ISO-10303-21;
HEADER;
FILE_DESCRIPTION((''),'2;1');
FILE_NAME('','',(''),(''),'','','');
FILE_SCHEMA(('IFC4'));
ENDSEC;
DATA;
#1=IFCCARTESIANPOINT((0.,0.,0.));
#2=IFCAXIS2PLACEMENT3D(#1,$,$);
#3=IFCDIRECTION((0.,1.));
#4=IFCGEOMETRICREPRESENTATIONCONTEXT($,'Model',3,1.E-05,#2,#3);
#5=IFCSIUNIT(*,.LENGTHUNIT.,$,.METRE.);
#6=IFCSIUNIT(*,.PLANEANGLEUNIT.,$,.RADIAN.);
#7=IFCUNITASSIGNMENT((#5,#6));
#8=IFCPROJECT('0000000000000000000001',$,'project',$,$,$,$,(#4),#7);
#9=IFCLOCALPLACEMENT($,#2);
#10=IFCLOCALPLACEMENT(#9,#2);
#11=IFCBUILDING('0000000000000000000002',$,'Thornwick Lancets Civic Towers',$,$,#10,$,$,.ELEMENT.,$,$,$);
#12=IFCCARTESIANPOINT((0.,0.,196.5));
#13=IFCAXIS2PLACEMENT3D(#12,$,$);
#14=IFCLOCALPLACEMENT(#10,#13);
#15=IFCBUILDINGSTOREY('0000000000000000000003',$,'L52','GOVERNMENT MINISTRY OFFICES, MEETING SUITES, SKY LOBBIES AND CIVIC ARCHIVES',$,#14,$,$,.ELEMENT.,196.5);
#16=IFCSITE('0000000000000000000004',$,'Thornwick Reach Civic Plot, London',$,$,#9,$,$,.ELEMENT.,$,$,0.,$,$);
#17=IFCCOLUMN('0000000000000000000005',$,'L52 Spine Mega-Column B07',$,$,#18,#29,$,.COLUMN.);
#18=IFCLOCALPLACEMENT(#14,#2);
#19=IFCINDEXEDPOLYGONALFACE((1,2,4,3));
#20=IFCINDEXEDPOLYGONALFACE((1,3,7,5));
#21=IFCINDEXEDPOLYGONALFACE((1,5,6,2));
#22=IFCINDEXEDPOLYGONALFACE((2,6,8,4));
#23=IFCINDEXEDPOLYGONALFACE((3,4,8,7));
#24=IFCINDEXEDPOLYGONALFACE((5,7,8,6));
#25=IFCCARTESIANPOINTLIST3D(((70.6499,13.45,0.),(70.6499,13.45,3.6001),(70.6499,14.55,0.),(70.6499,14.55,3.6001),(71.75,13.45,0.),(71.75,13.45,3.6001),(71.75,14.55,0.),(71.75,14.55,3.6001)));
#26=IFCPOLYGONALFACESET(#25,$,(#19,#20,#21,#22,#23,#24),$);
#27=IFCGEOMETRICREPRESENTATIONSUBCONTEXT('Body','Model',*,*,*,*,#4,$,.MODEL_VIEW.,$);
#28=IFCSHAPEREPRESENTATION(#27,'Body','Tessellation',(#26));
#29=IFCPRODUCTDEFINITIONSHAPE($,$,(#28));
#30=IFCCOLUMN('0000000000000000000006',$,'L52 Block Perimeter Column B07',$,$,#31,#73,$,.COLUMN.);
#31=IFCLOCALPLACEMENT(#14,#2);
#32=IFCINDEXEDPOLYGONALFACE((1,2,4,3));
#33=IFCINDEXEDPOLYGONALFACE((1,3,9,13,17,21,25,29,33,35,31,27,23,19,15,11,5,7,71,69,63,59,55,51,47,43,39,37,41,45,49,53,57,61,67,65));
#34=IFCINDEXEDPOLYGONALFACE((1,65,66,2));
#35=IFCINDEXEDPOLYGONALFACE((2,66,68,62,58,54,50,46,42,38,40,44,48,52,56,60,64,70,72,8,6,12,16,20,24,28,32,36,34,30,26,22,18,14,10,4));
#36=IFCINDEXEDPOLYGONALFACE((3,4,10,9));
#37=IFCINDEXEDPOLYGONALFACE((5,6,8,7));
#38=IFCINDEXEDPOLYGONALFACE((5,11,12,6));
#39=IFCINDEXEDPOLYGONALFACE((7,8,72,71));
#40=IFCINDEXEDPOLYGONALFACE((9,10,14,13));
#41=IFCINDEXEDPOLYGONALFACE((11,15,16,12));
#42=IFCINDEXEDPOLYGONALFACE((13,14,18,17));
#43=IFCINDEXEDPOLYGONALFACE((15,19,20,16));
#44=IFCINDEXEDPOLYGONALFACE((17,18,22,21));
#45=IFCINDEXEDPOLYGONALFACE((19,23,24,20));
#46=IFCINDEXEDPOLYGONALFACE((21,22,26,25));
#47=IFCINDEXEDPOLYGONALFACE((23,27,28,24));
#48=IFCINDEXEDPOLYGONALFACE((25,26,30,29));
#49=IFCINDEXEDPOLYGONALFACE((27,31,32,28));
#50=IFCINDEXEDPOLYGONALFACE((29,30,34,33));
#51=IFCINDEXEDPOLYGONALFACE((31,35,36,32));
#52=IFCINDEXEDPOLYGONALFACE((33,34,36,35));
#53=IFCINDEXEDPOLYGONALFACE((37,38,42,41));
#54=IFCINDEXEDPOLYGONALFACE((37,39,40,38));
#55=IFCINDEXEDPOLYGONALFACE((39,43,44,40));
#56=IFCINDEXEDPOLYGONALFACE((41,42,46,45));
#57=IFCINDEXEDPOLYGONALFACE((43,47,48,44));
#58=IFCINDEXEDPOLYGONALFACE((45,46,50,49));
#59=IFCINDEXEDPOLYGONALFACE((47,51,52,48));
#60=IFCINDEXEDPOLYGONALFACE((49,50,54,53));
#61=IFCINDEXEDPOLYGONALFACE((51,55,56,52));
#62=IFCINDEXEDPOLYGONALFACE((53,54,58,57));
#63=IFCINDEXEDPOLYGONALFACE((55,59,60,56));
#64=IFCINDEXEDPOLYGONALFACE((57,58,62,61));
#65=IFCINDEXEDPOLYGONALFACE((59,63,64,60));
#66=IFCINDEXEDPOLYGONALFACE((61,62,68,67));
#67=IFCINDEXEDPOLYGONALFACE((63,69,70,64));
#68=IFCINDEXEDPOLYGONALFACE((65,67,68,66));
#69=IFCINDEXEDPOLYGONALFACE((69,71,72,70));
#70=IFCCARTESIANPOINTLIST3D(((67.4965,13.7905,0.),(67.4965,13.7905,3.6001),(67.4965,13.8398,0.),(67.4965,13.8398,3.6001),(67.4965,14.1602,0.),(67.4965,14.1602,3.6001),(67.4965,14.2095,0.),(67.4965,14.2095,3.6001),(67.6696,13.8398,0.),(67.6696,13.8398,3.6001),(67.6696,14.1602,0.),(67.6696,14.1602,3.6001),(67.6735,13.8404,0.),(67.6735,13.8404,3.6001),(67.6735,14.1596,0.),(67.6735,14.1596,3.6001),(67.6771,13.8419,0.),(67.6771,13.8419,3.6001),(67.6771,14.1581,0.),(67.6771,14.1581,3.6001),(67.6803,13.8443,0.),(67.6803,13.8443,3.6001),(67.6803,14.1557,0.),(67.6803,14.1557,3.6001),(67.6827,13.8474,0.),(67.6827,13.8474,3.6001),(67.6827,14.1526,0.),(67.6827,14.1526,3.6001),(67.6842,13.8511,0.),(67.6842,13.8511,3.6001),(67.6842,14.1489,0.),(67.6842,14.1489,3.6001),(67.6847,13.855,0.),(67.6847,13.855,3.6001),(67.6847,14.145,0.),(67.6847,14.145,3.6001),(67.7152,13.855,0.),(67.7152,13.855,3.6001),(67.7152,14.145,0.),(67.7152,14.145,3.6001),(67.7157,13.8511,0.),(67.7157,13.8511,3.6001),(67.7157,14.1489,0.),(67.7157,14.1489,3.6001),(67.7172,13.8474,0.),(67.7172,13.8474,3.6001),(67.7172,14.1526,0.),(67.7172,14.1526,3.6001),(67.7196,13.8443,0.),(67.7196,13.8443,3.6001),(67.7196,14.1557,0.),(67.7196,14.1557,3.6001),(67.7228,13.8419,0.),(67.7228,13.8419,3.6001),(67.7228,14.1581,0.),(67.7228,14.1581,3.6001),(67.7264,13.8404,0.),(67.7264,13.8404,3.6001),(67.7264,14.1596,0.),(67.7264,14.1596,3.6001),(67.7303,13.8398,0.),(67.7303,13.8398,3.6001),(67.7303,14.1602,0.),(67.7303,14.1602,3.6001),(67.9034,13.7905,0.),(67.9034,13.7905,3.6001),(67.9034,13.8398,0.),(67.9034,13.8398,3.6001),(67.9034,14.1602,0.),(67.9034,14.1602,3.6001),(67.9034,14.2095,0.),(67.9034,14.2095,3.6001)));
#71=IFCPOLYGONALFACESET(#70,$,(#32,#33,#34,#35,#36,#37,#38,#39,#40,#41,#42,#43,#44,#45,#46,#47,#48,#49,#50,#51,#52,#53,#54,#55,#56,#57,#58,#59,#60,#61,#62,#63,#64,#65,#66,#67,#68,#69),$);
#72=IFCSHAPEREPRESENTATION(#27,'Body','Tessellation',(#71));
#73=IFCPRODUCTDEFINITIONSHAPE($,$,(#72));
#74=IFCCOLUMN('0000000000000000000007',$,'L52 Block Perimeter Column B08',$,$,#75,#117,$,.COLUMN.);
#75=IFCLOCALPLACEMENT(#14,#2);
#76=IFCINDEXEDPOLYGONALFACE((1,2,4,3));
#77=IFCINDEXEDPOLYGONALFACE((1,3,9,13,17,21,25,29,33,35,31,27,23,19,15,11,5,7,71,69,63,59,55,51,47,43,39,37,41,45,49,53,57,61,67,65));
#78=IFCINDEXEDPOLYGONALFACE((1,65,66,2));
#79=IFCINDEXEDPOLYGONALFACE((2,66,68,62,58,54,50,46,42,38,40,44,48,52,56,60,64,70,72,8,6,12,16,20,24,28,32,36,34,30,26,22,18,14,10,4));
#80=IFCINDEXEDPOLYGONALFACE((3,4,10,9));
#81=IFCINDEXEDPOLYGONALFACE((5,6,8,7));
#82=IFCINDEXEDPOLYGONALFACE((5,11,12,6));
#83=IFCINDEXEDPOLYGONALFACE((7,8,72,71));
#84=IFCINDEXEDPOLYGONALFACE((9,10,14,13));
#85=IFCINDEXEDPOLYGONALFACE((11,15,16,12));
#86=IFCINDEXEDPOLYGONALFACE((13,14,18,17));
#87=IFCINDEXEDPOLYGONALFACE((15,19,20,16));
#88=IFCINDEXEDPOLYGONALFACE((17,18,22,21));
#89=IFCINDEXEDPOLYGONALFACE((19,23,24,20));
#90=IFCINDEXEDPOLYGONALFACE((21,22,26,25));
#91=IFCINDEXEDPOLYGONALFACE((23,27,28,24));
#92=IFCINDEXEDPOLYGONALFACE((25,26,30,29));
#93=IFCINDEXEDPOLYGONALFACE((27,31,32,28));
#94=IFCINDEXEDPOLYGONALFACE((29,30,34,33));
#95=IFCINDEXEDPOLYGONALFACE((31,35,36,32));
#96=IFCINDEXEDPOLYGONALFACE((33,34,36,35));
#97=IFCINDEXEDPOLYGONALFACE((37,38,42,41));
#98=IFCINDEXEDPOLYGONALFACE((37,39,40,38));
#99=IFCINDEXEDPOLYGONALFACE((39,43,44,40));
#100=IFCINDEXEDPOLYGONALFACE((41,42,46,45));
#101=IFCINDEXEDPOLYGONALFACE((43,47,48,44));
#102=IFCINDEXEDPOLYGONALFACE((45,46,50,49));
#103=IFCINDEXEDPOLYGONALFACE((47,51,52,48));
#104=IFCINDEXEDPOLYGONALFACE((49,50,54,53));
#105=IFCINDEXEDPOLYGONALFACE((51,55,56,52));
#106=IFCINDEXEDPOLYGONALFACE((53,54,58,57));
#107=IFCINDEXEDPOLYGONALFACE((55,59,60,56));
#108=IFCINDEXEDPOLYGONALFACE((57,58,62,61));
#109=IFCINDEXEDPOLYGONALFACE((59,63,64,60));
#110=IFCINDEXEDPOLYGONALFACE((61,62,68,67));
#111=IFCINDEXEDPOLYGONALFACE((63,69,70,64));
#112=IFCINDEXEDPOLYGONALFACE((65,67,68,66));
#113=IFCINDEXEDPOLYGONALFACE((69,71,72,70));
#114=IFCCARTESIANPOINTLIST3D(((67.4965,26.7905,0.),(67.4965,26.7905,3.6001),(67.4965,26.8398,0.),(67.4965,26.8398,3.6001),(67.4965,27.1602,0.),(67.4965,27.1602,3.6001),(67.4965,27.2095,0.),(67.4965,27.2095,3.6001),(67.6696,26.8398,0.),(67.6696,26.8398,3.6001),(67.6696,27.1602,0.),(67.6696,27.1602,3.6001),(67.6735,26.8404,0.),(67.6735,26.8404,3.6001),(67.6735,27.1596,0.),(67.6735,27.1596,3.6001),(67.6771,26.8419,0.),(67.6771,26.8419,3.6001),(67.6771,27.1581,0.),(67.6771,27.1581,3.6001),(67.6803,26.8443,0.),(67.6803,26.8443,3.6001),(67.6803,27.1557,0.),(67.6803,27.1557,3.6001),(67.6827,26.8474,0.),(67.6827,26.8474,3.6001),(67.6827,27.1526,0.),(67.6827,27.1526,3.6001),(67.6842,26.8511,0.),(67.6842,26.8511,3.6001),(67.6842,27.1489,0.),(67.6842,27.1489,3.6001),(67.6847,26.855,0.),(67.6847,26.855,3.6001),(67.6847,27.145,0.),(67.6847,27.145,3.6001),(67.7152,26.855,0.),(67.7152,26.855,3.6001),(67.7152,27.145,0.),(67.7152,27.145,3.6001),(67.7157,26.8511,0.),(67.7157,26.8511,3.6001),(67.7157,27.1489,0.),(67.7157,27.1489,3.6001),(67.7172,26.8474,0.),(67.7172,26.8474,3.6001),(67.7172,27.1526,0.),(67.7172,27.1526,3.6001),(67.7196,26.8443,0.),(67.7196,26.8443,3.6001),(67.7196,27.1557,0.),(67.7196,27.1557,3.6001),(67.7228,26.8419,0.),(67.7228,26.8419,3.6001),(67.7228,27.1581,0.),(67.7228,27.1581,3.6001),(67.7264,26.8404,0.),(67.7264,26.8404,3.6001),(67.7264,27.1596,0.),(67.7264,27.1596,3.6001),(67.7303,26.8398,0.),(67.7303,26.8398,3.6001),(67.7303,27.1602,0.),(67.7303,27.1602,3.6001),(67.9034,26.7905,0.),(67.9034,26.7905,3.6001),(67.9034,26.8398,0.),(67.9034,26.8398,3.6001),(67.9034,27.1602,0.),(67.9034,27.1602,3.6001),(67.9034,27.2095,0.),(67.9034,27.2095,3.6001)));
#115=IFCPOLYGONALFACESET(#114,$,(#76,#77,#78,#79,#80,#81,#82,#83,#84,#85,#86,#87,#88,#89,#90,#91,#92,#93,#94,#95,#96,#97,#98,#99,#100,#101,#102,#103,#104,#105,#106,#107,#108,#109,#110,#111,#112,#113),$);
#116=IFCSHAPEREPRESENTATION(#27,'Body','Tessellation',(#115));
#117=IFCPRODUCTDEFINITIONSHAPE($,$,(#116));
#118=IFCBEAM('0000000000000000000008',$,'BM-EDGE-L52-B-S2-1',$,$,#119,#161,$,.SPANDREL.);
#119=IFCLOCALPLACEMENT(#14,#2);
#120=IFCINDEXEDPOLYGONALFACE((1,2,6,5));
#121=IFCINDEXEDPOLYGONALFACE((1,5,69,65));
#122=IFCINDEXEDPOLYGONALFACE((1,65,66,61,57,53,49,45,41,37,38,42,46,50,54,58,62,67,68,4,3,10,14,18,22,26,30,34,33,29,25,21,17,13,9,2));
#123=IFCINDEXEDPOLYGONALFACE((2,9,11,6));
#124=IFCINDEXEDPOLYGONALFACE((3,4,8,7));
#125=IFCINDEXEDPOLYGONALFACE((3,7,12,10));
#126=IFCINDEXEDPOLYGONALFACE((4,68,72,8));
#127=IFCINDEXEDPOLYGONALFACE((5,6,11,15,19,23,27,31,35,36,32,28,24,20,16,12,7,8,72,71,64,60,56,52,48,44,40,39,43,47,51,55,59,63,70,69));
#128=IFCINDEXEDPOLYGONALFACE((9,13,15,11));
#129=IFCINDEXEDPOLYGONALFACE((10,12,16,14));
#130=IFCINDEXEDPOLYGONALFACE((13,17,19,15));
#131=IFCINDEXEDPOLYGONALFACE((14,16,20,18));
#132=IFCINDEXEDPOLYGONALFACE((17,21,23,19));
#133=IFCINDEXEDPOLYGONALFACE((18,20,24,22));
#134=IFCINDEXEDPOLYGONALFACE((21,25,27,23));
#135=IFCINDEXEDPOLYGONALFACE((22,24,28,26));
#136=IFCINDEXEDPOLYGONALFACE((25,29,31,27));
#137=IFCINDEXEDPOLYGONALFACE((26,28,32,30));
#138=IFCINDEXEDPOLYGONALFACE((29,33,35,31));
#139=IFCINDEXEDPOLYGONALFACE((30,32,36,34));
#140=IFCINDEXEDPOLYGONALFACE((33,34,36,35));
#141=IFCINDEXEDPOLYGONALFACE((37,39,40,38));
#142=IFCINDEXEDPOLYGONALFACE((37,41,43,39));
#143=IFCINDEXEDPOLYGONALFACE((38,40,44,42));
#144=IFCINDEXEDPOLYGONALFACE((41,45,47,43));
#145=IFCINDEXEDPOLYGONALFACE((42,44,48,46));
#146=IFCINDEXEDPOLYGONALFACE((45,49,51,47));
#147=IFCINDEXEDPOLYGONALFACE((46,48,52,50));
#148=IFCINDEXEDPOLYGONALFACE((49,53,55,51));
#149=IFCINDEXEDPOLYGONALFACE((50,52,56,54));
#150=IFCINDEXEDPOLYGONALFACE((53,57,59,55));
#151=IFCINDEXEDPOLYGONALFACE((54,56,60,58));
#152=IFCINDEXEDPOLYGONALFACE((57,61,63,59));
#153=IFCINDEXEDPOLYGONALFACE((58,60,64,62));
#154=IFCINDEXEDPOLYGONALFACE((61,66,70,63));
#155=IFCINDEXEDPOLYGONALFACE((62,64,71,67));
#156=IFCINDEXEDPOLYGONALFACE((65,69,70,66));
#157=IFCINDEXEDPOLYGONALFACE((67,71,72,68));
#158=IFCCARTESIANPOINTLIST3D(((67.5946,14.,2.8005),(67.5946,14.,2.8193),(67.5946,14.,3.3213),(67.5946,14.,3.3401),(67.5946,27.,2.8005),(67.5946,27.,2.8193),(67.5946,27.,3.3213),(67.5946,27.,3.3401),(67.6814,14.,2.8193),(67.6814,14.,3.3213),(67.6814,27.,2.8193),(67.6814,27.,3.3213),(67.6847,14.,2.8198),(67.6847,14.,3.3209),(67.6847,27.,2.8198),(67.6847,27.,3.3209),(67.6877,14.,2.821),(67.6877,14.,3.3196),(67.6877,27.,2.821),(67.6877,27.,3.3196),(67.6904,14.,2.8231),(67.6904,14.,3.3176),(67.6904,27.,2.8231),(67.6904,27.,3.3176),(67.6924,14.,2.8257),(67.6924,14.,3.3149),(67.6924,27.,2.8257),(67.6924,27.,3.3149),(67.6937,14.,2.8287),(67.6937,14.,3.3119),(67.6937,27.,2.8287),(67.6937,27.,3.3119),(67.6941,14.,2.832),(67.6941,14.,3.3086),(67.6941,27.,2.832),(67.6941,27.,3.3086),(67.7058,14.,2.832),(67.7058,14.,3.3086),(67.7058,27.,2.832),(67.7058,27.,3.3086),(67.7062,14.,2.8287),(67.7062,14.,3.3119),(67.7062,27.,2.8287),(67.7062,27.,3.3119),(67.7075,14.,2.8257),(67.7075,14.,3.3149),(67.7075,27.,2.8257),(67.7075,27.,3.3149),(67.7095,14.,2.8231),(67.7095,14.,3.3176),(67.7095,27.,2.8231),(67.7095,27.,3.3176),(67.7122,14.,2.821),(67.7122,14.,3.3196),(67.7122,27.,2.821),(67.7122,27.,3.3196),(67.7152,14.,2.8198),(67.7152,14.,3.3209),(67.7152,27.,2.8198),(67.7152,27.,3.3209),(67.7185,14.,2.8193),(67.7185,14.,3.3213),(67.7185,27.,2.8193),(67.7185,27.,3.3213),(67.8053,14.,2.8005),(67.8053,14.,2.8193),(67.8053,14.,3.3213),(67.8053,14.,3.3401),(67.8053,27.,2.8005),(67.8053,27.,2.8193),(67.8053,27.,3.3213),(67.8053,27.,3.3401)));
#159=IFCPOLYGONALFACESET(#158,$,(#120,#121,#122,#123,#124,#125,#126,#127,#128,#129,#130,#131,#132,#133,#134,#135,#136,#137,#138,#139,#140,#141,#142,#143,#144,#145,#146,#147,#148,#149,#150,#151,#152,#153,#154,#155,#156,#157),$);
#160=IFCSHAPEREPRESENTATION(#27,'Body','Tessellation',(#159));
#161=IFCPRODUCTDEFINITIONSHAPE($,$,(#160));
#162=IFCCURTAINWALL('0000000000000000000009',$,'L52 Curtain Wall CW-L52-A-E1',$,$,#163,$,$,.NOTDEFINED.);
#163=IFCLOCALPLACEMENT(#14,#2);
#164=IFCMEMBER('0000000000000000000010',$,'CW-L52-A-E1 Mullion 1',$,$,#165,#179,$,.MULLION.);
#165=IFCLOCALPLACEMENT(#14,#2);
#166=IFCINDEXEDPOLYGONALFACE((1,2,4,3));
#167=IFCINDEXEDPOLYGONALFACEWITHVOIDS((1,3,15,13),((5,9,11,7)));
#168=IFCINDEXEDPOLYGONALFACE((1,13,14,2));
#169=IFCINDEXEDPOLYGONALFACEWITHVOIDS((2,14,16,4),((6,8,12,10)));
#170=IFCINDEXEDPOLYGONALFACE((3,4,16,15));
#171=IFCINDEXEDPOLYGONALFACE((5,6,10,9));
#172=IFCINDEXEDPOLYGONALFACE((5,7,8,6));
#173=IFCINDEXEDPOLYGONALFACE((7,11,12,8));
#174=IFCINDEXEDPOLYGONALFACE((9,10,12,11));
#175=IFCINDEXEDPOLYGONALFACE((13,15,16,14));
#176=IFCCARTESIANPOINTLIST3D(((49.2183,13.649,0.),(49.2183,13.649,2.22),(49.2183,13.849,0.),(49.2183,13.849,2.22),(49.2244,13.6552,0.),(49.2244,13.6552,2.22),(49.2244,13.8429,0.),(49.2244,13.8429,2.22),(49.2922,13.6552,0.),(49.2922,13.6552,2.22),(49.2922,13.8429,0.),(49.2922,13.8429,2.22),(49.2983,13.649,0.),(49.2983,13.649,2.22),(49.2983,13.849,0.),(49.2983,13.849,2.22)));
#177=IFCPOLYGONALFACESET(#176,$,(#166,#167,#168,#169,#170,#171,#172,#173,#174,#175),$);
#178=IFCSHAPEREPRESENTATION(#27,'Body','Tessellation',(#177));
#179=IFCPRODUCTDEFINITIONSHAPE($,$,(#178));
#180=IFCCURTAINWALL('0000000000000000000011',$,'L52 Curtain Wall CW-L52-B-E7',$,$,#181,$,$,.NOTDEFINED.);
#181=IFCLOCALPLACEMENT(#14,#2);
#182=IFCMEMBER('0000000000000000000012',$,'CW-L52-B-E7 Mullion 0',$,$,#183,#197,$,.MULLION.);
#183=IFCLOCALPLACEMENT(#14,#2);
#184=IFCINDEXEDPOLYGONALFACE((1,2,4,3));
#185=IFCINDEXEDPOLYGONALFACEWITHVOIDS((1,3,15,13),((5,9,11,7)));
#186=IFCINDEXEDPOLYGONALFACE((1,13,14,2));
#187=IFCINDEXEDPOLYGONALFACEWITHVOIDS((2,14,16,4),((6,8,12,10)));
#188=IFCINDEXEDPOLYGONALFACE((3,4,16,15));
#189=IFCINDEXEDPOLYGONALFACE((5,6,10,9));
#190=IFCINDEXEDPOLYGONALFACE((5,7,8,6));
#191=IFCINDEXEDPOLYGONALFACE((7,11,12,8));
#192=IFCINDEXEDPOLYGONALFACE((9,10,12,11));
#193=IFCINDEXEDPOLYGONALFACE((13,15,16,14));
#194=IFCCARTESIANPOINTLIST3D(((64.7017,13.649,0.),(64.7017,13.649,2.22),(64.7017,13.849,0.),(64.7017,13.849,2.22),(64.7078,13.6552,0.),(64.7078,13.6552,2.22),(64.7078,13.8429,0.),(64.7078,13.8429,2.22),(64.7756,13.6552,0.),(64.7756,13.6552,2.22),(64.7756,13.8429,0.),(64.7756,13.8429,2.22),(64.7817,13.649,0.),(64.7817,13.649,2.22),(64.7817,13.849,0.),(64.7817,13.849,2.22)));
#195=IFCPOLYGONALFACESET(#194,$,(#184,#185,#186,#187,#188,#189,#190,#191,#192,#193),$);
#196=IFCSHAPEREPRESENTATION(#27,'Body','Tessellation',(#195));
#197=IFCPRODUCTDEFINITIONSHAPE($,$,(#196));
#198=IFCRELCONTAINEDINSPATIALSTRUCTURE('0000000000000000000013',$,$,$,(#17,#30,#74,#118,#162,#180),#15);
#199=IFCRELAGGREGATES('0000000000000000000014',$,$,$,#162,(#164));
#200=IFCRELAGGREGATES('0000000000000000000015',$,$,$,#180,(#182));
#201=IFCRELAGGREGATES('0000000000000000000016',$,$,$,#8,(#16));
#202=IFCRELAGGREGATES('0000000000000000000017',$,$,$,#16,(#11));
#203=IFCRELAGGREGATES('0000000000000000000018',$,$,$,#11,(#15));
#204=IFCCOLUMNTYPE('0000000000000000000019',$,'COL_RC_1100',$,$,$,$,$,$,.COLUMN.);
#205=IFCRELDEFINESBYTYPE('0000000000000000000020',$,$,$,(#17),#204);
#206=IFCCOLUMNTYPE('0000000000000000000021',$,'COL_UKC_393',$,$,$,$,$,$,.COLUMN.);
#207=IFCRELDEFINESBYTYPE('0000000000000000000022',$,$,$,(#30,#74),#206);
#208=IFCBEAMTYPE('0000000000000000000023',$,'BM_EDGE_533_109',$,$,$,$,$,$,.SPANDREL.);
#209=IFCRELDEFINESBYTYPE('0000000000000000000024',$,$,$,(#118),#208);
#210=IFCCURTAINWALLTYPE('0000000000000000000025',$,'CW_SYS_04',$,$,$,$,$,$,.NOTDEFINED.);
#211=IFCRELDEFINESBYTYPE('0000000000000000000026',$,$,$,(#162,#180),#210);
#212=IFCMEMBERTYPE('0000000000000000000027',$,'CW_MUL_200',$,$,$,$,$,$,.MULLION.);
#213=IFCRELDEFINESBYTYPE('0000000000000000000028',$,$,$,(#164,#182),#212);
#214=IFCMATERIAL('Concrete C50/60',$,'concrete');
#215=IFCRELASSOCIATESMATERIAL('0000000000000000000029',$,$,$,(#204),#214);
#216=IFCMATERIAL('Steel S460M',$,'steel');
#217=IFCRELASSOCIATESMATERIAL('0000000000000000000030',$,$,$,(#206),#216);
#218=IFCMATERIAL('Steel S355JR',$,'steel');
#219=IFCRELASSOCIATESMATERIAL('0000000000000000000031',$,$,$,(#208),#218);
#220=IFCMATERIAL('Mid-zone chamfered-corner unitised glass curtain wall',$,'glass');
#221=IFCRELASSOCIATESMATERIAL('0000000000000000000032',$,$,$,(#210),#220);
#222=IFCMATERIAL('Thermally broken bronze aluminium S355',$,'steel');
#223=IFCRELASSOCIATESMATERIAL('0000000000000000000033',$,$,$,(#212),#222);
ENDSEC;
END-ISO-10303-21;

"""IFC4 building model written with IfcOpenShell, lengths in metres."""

from ifc_helpers import new_model, si_unit, direction, frame, origin, origin_2d, place, context, subcontext, project, spatial, rectangle, hollow_rectangle, i_section, extrude, material, material_profile, profile_set, type_object, element, aggregate, save


model = new_model("IFC4")

# Units and contexts
model_context = context("Model", 3, precision=1e-05, world=origin(), true_north=direction((0.0, 1.0)))
body_context = subcontext(model_context, "Body", "Model", "MODEL_VIEW")
ifc_project = project(units=[si_unit("LENGTHUNIT", "METRE"), si_unit("PLANEANGLEUNIT", "RADIAN")], contexts=[model_context])

# Site, building, storey
site_placement = place(None, origin())
site = spatial("IfcSite", under=ifc_project, at=site_placement, Name="Thornwick Reach Civic Plot, London", CompositionType="ELEMENT", RefElevation=0.0)
building_placement = place(site_placement, origin())
building = spatial("IfcBuilding", under=site, at=building_placement, Name="Thornwick Lancets Civic Towers", CompositionType="ELEMENT")
storey_placement = place(building_placement, frame((0.0, 0.0, 196.5)))
storey = spatial("IfcBuildingStorey", under=building, at=storey_placement, Name="L52", Description="GOVERNMENT MINISTRY OFFICES, MEETING SUITES, SKY LOBBIES AND CIVIC ARCHIVES", CompositionType="ELEMENT", Elevation=196.5)

# Columns
ifc_material_1 = material(Name="Concrete C50/60", Category="concrete")
ifc_material_profile_1 = material_profile(ifc_material_1, rectangle(XDim=1.1001, YDim=1.1001, at=origin_2d()), Name="RC 1100x1100")
ifc_profile_set_1 = profile_set([ifc_material_profile_1], Name="Concrete C50/60")
column_type_1 = type_object("IfcColumnType", Name="COL_RC_1100", PredefinedType="COLUMN", material=ifc_profile_set_1)
column_placement = place(storey_placement, frame((71.2, 14.0, 0.0), z_axis=(0.0, 0.0, 1.0), x_axis=(1.0, 0.0, 0.0)))
element("IfcColumn", 1, at=column_placement, inside=storey, type_object=column_type_1, Name="L52 Spine Mega-Column B07", PredefinedType="COLUMN", context=body_context, shape_type="SweptSolid", body=[
    extrude(rectangle(XDim=1.1001, YDim=1.1001, at=origin_2d()), origin(), (0.0, 0.0, 1.0), 3.6001),
])
ifc_material_2 = material(Name="Steel S460M", Category="steel")
ifc_material_profile_2 = material_profile(ifc_material_2, i_section(OverallWidth=0.407, OverallDepth=0.4189, WebThickness=0.0305, FlangeThickness=0.0493, FilletRadius=0.0151, at=origin_2d()), Name="UKC 356x406x393")
ifc_profile_set_2 = profile_set([ifc_material_profile_2], Name="Steel S460M")
column_type_2 = type_object("IfcColumnType", Name="COL_UKC_393", PredefinedType="COLUMN", material=ifc_profile_set_2)
for number, where, z_axis, x_axis, name in (
    (2, (67.7, 14.0, 0.0), (0.0, 0.0, 1.0), (1.0, 0.0, 0.0), "L52 Block Perimeter Column B07"),
    (3, (67.7, 27.0, 0.0), (0.0, 0.0, 1.0), (1.0, 0.0, 0.0), "L52 Block Perimeter Column B08"),
):
    element("IfcColumn", number, at=place(storey_placement, frame(where, z_axis=z_axis, x_axis=x_axis)), inside=storey, type_object=column_type_2, Name=name, PredefinedType="COLUMN", context=body_context, shape_type="SweptSolid", body=[
        extrude(i_section(OverallWidth=0.407, OverallDepth=0.4189, WebThickness=0.0305, FlangeThickness=0.0493, FilletRadius=0.0151, at=origin_2d()), origin(), (0.0, 0.0, 1.0), 3.6001),
    ])

# Beam
ifc_material_3 = material(Name="Steel S355JR", Category="steel")
ifc_material_profile_3 = material_profile(ifc_material_3, i_section(OverallWidth=0.2107, OverallDepth=0.5396, WebThickness=0.0117, FlangeThickness=0.0188, FilletRadius=0.0127, at=origin_2d()), Name="UKB 533x210x109")
ifc_profile_set_3 = profile_set([ifc_material_profile_3], Name="Steel S355JR")
beam_type = type_object("IfcBeamType", Name="BM_EDGE_533_109", PredefinedType="SPANDREL", material=ifc_profile_set_3)
beam_placement = place(storey_placement, frame((67.7, 14.0, 3.0703), z_axis=(0.0, 1.0, 0.0), x_axis=(-1.0, 0.0, 0.0)))
element("IfcBeam", 4, at=beam_placement, inside=storey, type_object=beam_type, Name="BM-EDGE-L52-B-S2-1", PredefinedType="SPANDREL", context=body_context, shape_type="SweptSolid", body=[
    extrude(i_section(OverallWidth=0.2107, OverallDepth=0.5396, WebThickness=0.0117, FlangeThickness=0.0188, FilletRadius=0.0127, at=origin_2d()), origin(), (0.0, 0.0, 1.0), 13.0),
])

# Curtain wall, member
ifc_material_4 = material(Name="Mid-zone chamfered-corner unitised glass curtain wall", Category="glass")
curtain_wall_type = type_object("IfcCurtainWallType", Name="CW_SYS_04", PredefinedType="NOTDEFINED", material=ifc_material_4)
curtain_wall_1_placement = place(storey_placement, origin())
curtain_wall_1 = element("IfcCurtainWall", 5, at=curtain_wall_1_placement, inside=storey, type_object=curtain_wall_type, Name="L52 Curtain Wall CW-L52-A-E1", PredefinedType="NOTDEFINED")
ifc_material_5 = material(Name="Thermally broken bronze aluminium S355", Category="steel")
ifc_material_profile_4 = material_profile(ifc_material_5, hollow_rectangle(XDim=0.0801, YDim=0.2, WallThickness=0.0061, at=origin_2d()), Name="RHS 200x80x6")
ifc_profile_set_4 = profile_set([ifc_material_profile_4], Name="Thermally broken bronze aluminium S355")
member_type_1 = type_object("IfcMemberType", Name="CW_MUL_200", PredefinedType="MULLION", material=ifc_profile_set_4)
member_1_placement = place(storey_placement, frame((49.2583, 13.749, 0.0), z_axis=(0.0, 0.0, 1.0), x_axis=(1.0, 0.0, 0.0)))
member_1 = element("IfcMember", 6, at=member_1_placement, type_object=member_type_1, Name="CW-L52-A-E1 Mullion 1", PredefinedType="MULLION", context=body_context, shape_type="SweptSolid", body=[
    extrude(hollow_rectangle(XDim=0.0801, YDim=0.2, WallThickness=0.0061, at=origin_2d()), origin(), (0.0, 0.0, 1.0), 2.22),
])
aggregate(curtain_wall_1, [member_1])

# Curtain wall, member
curtain_wall_2_placement = place(storey_placement, origin())
curtain_wall_2 = element("IfcCurtainWall", 7, at=curtain_wall_2_placement, inside=storey, type_object=curtain_wall_type, Name="L52 Curtain Wall CW-L52-B-E7", PredefinedType="NOTDEFINED")
member_2_placement = place(storey_placement, frame((64.7417, 13.749, 0.0), z_axis=(0.0, 0.0, 1.0), x_axis=(1.0, 0.0, 0.0)))
member_2 = element("IfcMember", 8, at=member_2_placement, type_object=member_type_1, Name="CW-L52-B-E7 Mullion 0", PredefinedType="MULLION", context=body_context, shape_type="SweptSolid", body=[
    extrude(hollow_rectangle(XDim=0.0801, YDim=0.2, WallThickness=0.0061, at=origin_2d()), origin(), (0.0, 0.0, 1.0), 2.22),
])
aggregate(curtain_wall_2, [member_2])

save(model, "model.ifc")
